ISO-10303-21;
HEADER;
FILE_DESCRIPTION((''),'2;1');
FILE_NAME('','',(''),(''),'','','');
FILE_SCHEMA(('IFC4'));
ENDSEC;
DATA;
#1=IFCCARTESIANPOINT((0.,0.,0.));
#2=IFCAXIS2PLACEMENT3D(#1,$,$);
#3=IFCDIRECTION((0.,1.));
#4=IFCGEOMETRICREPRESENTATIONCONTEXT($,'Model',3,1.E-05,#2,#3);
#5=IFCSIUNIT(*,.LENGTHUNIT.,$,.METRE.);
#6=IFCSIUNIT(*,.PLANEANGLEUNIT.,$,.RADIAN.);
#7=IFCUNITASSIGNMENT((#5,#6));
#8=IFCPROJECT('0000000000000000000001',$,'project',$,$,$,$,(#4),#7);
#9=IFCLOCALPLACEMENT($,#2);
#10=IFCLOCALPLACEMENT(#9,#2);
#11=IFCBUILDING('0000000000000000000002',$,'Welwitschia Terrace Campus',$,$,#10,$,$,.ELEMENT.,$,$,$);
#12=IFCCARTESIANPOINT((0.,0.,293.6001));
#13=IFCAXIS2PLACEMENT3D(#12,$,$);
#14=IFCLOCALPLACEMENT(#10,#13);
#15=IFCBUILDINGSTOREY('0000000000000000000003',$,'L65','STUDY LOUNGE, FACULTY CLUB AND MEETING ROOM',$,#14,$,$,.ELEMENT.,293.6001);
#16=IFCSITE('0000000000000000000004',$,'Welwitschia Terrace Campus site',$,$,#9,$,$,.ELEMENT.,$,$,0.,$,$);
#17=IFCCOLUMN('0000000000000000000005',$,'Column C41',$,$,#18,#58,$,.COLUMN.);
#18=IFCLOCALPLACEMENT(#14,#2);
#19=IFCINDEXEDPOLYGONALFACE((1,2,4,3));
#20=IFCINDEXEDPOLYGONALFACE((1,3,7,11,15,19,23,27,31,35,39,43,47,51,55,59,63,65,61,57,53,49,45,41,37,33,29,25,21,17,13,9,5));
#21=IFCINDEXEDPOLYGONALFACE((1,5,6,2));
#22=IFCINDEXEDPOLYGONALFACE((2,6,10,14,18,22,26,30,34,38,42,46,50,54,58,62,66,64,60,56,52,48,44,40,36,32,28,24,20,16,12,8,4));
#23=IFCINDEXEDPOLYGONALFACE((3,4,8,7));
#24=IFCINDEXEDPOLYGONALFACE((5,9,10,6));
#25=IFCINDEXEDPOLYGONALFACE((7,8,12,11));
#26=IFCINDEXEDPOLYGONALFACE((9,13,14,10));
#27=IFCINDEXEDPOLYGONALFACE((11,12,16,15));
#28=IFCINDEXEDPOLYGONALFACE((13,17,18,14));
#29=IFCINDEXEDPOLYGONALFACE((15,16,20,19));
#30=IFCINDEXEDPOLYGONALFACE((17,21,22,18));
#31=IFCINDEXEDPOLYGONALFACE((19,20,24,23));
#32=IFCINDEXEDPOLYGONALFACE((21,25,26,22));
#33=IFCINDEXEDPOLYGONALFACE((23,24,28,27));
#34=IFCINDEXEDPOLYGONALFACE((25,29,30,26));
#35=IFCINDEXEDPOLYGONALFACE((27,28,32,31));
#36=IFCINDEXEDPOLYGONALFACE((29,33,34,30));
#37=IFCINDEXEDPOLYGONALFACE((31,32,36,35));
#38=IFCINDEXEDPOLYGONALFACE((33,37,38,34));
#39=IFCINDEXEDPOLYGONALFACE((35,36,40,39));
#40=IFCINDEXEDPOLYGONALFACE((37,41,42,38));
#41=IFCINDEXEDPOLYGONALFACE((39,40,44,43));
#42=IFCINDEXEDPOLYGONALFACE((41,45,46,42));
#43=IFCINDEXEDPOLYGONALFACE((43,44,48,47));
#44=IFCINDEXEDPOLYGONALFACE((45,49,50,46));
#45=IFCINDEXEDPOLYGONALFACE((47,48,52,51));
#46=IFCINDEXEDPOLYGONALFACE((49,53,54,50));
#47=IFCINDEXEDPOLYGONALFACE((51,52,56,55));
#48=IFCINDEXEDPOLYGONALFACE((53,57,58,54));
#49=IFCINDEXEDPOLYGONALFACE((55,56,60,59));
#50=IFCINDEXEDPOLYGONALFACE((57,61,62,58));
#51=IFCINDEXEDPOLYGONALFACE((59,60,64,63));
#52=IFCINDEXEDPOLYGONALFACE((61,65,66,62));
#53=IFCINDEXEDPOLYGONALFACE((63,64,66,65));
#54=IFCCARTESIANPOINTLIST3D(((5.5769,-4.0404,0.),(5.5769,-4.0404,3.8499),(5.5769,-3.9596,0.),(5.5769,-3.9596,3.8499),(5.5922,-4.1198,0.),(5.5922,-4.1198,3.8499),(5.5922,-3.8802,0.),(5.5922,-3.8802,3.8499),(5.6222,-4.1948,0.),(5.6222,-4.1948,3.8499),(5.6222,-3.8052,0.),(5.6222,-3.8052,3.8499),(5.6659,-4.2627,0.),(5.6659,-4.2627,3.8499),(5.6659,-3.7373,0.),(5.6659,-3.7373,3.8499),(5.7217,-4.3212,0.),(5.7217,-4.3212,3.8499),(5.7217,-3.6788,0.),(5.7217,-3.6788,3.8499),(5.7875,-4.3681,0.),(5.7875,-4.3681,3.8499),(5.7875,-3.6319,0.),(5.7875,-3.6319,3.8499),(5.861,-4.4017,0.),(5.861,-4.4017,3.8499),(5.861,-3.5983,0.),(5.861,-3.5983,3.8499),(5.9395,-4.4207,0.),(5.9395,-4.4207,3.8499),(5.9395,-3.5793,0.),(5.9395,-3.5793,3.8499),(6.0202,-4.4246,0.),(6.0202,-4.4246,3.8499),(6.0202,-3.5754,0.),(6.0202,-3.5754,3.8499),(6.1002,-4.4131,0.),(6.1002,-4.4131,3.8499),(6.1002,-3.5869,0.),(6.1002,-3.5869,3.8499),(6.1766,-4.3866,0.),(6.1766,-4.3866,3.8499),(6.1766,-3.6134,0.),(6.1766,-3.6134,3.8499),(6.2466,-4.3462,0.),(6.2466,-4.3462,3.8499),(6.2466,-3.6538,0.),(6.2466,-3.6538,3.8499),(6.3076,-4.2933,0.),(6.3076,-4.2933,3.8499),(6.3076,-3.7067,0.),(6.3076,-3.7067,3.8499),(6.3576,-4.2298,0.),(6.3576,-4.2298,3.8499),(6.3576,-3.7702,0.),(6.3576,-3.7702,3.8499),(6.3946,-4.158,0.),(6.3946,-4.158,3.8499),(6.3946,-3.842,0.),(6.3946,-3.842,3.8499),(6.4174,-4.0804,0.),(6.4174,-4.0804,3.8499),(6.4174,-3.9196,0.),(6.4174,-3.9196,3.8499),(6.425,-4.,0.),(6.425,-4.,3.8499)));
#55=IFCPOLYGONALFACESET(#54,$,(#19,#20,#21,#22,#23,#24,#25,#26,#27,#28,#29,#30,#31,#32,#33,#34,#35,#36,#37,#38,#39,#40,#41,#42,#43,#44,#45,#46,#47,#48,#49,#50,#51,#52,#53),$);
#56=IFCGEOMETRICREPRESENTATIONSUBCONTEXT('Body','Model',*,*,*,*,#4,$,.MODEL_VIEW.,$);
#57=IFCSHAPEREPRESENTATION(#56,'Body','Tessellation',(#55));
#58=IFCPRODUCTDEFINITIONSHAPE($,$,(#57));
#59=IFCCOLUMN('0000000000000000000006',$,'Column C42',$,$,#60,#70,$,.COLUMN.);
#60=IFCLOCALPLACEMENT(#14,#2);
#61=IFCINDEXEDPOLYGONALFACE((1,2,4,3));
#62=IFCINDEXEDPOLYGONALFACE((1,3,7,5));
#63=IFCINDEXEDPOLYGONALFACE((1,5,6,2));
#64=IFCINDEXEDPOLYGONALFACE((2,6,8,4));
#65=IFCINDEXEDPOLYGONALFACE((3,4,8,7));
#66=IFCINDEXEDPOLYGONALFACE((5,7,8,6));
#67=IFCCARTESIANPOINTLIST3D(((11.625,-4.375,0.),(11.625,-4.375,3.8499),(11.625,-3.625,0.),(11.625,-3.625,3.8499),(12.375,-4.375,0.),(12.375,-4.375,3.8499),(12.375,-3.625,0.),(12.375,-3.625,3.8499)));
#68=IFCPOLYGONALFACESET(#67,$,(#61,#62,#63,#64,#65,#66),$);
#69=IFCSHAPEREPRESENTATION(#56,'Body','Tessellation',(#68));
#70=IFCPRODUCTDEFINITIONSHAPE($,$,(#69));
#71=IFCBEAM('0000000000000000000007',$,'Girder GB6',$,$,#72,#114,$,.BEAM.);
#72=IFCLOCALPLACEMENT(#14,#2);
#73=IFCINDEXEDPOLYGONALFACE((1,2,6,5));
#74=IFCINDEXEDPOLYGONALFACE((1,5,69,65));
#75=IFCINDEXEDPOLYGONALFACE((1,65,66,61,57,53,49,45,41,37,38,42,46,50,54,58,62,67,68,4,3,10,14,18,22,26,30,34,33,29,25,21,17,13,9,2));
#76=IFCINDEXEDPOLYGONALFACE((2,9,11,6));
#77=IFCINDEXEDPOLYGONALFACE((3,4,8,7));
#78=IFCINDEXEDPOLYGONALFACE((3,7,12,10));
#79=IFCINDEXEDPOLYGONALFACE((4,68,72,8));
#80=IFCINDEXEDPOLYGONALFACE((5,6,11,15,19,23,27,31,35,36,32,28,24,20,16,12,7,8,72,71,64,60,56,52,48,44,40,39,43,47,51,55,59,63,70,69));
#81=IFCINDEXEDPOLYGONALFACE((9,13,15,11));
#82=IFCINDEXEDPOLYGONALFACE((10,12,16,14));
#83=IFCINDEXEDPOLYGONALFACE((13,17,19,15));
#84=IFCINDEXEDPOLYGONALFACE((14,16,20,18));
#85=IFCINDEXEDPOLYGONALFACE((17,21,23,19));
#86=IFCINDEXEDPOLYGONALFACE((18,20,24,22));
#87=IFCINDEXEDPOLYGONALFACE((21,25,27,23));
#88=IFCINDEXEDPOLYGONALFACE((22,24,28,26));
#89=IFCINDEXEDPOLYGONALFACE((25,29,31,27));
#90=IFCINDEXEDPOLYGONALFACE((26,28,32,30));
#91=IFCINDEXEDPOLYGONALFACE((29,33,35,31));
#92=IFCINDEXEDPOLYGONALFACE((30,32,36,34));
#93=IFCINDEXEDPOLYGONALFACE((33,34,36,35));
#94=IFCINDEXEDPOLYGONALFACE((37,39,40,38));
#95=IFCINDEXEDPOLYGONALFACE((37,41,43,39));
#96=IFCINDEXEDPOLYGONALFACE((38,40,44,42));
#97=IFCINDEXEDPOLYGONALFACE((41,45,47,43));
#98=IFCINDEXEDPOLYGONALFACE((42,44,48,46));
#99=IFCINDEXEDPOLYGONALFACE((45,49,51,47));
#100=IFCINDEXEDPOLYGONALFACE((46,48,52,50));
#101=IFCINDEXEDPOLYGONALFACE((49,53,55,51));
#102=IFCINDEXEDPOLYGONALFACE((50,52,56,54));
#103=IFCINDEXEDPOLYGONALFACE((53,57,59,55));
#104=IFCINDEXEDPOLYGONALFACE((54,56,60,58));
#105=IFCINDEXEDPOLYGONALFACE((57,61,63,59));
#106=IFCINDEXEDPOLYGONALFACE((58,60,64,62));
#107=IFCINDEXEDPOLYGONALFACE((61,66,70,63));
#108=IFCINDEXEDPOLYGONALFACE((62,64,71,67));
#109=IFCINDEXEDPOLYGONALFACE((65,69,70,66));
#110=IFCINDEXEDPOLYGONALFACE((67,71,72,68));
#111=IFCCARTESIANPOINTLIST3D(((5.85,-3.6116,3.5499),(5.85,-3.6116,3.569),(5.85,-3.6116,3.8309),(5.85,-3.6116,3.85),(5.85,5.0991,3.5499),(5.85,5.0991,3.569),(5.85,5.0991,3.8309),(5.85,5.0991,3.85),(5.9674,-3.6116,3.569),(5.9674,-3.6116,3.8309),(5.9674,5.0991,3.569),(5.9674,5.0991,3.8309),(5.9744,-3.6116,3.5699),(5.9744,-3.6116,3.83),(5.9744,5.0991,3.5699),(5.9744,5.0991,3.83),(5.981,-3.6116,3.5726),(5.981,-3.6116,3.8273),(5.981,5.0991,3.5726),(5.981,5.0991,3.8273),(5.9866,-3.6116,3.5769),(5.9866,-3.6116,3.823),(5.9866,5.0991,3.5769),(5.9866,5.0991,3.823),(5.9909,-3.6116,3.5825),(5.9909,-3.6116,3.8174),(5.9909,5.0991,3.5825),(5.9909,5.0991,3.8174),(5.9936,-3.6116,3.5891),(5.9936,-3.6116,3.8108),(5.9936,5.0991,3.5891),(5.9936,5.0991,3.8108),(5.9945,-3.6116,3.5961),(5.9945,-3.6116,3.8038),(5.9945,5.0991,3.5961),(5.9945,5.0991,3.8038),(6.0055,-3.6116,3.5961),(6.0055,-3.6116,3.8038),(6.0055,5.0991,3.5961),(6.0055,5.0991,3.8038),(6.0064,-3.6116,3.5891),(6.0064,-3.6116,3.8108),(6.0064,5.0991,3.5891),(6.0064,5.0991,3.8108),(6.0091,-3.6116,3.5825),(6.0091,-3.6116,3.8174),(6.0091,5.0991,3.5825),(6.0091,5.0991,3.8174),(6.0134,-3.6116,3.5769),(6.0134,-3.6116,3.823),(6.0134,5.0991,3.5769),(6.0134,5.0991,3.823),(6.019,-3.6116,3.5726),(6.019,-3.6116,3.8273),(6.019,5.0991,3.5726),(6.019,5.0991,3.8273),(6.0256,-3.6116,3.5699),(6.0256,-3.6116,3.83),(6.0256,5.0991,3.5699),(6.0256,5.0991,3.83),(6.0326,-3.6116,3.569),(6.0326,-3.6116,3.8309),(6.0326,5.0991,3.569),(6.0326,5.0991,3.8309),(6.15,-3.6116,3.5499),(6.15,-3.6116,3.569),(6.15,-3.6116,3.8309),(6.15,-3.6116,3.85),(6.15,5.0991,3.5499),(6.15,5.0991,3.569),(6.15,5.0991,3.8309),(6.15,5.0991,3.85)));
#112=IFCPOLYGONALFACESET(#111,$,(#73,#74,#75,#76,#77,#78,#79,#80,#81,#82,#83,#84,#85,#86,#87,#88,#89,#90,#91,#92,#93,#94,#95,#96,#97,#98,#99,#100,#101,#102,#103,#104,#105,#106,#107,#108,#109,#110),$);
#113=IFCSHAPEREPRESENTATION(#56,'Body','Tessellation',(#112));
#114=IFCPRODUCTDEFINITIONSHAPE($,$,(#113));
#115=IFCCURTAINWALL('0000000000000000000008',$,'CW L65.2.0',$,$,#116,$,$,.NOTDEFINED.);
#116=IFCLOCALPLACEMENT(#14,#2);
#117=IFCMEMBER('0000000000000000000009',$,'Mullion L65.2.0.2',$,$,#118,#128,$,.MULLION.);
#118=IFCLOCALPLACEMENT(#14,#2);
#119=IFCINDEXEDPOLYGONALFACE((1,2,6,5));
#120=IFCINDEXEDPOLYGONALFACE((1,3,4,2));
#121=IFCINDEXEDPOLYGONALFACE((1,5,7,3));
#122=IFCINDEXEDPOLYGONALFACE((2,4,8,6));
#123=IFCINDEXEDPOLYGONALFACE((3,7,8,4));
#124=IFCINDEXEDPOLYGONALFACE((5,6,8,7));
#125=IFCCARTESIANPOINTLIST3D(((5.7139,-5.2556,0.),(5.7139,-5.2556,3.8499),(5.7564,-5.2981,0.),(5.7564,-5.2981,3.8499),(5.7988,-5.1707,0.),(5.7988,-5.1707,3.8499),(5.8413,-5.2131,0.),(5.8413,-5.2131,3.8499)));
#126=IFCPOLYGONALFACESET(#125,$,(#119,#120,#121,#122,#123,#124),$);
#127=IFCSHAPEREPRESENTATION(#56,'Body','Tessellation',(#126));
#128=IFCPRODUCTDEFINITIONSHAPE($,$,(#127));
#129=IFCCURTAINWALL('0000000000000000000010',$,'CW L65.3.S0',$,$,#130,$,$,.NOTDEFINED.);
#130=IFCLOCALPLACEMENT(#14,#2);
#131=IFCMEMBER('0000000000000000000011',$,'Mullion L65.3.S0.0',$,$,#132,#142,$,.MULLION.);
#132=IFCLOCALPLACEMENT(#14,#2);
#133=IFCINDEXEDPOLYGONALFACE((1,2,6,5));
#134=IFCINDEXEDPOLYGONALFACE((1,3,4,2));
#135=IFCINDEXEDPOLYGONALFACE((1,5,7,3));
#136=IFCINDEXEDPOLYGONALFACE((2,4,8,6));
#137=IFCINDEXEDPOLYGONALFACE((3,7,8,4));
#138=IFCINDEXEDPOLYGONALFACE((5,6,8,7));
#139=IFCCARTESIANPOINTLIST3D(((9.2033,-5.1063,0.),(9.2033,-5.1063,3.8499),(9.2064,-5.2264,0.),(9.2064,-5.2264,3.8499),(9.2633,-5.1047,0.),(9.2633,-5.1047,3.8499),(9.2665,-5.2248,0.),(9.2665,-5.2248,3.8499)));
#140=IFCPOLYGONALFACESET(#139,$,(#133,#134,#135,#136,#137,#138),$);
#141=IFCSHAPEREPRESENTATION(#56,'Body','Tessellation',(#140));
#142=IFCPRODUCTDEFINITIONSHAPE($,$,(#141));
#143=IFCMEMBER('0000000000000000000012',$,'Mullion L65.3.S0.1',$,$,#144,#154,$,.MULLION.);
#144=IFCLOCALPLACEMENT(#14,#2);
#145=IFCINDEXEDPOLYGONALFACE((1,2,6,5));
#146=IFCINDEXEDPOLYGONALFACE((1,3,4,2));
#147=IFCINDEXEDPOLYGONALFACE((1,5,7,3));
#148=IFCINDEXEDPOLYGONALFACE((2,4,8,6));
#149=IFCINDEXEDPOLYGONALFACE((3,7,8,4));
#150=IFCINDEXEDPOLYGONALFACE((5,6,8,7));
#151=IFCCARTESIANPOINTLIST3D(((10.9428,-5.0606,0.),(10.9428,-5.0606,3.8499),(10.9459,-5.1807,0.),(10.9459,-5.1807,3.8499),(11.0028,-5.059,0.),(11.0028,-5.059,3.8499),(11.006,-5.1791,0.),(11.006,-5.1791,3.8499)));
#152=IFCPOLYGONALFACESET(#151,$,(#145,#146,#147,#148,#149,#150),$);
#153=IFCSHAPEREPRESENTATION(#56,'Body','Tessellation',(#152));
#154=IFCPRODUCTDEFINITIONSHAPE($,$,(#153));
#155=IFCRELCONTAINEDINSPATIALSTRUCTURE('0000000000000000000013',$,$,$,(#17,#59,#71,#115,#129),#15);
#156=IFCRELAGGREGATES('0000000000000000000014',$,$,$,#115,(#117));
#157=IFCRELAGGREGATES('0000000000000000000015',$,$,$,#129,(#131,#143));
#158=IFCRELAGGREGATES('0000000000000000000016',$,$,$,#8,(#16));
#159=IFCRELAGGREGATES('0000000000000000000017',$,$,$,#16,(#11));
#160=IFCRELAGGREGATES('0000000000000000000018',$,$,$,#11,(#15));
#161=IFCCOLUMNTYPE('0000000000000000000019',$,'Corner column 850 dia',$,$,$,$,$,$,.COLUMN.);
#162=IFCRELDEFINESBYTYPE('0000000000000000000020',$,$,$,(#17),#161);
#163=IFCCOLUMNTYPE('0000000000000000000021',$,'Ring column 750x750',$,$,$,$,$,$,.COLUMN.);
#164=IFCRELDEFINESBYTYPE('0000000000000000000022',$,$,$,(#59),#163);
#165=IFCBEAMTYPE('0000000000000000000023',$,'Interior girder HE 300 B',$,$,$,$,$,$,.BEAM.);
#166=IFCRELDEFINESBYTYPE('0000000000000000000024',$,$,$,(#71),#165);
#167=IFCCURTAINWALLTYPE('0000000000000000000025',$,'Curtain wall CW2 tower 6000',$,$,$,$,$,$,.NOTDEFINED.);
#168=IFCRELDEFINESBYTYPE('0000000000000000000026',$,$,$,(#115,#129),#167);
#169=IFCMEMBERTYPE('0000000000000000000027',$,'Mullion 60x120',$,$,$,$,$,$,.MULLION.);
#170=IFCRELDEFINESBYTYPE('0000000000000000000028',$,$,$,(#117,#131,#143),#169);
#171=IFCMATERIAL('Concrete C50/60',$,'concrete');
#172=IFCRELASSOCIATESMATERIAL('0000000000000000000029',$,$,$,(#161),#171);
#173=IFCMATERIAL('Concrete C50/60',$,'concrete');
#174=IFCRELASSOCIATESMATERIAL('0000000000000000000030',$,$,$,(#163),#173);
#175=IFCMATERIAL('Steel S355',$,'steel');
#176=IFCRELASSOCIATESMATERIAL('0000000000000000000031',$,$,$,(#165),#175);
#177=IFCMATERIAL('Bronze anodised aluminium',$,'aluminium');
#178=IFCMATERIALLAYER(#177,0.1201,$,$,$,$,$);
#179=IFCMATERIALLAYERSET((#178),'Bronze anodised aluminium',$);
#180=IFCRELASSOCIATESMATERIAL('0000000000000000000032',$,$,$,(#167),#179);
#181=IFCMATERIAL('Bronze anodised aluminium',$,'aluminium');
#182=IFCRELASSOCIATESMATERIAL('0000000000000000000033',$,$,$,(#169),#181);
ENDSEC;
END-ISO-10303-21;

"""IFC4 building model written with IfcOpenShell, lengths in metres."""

from ifc_helpers import new_model, si_unit, direction, frame, origin, origin_2d, place, context, subcontext, project, spatial, rectangle, circle, i_section, extrude, material, layer, layer_set, material_profile, profile_set, type_object, element, aggregate, save


model = new_model("IFC4")

# Units and contexts
model_context = context("Model", 3, precision=1e-05, world=origin(), true_north=direction((0.0, 1.0)))
body_context = subcontext(model_context, "Body", "Model", "MODEL_VIEW")
ifc_project = project(units=[si_unit("LENGTHUNIT", "METRE"), si_unit("PLANEANGLEUNIT", "RADIAN")], contexts=[model_context])

# Site, building, storey
site_placement = place(None, origin())
site = spatial("IfcSite", under=ifc_project, at=site_placement, Name="Welwitschia Terrace Campus site", CompositionType="ELEMENT", RefElevation=0.0)
building_placement = place(site_placement, origin())
building = spatial("IfcBuilding", under=site, at=building_placement, Name="Welwitschia Terrace Campus", CompositionType="ELEMENT")
storey_placement = place(building_placement, frame((0.0, 0.0, 293.6001)))
storey = spatial("IfcBuildingStorey", under=building, at=storey_placement, Name="L65", Description="STUDY LOUNGE, FACULTY CLUB AND MEETING ROOM", CompositionType="ELEMENT", Elevation=293.6001)

# Columns
ifc_material_1 = material(Name="Concrete C50/60", Category="concrete")
ifc_material_profile_1 = material_profile(ifc_material_1, circle(Radius=0.425, at=origin_2d()))
ifc_profile_set_1 = profile_set([ifc_material_profile_1], Name="Concrete C50/60")
column_type_1 = type_object("IfcColumnType", Name="Corner column 850 dia", PredefinedType="COLUMN", material=ifc_profile_set_1)
column_1_placement = place(storey_placement, frame((6.0, -4.0, 0.0), z_axis=(0.0, 0.0, 1.0), x_axis=(1.0, 0.0, 0.0)))
element("IfcColumn", 1, at=column_1_placement, inside=storey, type_object=column_type_1, Name="Column C41", PredefinedType="COLUMN", context=body_context, shape_type="SweptSolid", body=[
    extrude(circle(Radius=0.425, at=origin_2d()), origin(), (0.0, 0.0, 1.0), 3.8499),
])
ifc_material_2 = material(Name="Concrete C50/60", Category="concrete")
ifc_material_profile_2 = material_profile(ifc_material_2, rectangle(XDim=0.75, YDim=0.75, at=origin_2d()))
ifc_profile_set_2 = profile_set([ifc_material_profile_2], Name="Concrete C50/60")
column_type_2 = type_object("IfcColumnType", Name="Ring column 750x750", PredefinedType="COLUMN", material=ifc_profile_set_2)
column_2_placement = place(storey_placement, frame((12.0, -4.0, 0.0), z_axis=(0.0, 0.0, 1.0), x_axis=(1.0, 0.0, 0.0)))
element("IfcColumn", 2, at=column_2_placement, inside=storey, type_object=column_type_2, Name="Column C42", PredefinedType="COLUMN", context=body_context, shape_type="SweptSolid", body=[
    extrude(rectangle(XDim=0.75, YDim=0.75, at=origin_2d()), origin(), (0.0, 0.0, 1.0), 3.8499),
])

# Beam
ifc_material_3 = material(Name="Steel S355", Category="steel")
ifc_material_profile_3 = material_profile(ifc_material_3, i_section(OverallWidth=0.3, OverallDepth=0.3, WebThickness=0.011, FlangeThickness=0.019, FilletRadius=0.0271, at=origin_2d()))
ifc_profile_set_3 = profile_set([ifc_material_profile_3], Name="Steel S355")
beam_type_1 = type_object("IfcBeamType", Name="Interior girder HE 300 B", PredefinedType="BEAM", material=ifc_profile_set_3)
beam_1_placement = place(storey_placement, frame((6.0, -3.6116, 3.7), z_axis=(0.0, 1.0, 0.0), x_axis=(-1.0, 0.0, 0.0)))
element("IfcBeam", 3, at=beam_1_placement, inside=storey, type_object=beam_type_1, Name="Girder GB6", PredefinedType="BEAM", context=body_context, shape_type="SweptSolid", body=[
    extrude(i_section(OverallWidth=0.3, OverallDepth=0.3, WebThickness=0.011, FlangeThickness=0.019, FilletRadius=0.0271, at=origin_2d()), origin(), (0.0, 0.0, 1.0), 8.7107),
])

# Curtain wall, member
ifc_material_4 = material(Name="Bronze anodised aluminium", Category="aluminium")
ifc_layer_1 = layer(ifc_material_4, 0.1201)
ifc_layer_set_1 = layer_set([ifc_layer_1], Name="Bronze anodised aluminium")
curtain_wall_type = type_object("IfcCurtainWallType", Name="Curtain wall CW2 tower 6000", PredefinedType="NOTDEFINED", material=ifc_layer_set_1)
curtain_wall_1_placement = place(storey_placement, origin())
curtain_wall_1 = element("IfcCurtainWall", 4, at=curtain_wall_1_placement, inside=storey, type_object=curtain_wall_type, Name="CW L65.2.0", PredefinedType="NOTDEFINED")
ifc_material_5 = material(Name="Bronze anodised aluminium", Category="aluminium")
ifc_material_profile_4 = material_profile(ifc_material_5, rectangle(XDim=0.1201, YDim=0.0601, at=origin_2d()))
ifc_profile_set_4 = profile_set([ifc_material_profile_4], Name="Bronze anodised aluminium")
member_type_1 = type_object("IfcMemberType", Name="Mullion 60x120", PredefinedType="MULLION", material=ifc_profile_set_4)
member_1_placement = place(storey_placement, frame((5.7776, -5.2344, 0.0), z_axis=(0.0, 0.0, 1.0), x_axis=(0.707107, 0.707107, 0.0)))
member_1 = element("IfcMember", 5, at=member_1_placement, type_object=member_type_1, Name="Mullion L65.2.0.2", PredefinedType="MULLION", context=body_context, shape_type="SweptSolid", body=[
    extrude(rectangle(XDim=0.1201, YDim=0.0601, at=origin_2d()), origin(), (0.0, 0.0, 1.0), 3.8499),
])

# Curtain wall, members
curtain_wall_2_placement = place(storey_placement, origin())
curtain_wall_2 = element("IfcCurtainWall", 6, at=curtain_wall_2_placement, inside=storey, type_object=curtain_wall_type, Name="CW L65.3.S0", PredefinedType="NOTDEFINED")
member_2_placement = place(storey_placement, frame((9.2349, -5.1655, 0.0), z_axis=(0.0, 0.0, 1.0), x_axis=(-0.026177, 0.999657, 0.0)))
member_2 = element("IfcMember", 7, at=member_2_placement, type_object=member_type_1, Name="Mullion L65.3.S0.0", PredefinedType="MULLION", context=body_context, shape_type="SweptSolid", body=[
    extrude(rectangle(XDim=0.1201, YDim=0.0601, at=origin_2d()), origin(), (0.0, 0.0, 1.0), 3.8499),
])
member_3_placement = place(storey_placement, frame((10.9744, -5.1199, 0.0), z_axis=(0.0, 0.0, 1.0), x_axis=(-0.026177, 0.999657, 0.0)))
member_3 = element("IfcMember", 8, at=member_3_placement, type_object=member_type_1, Name="Mullion L65.3.S0.1", PredefinedType="MULLION", context=body_context, shape_type="SweptSolid", body=[
    extrude(rectangle(XDim=0.1201, YDim=0.0601, at=origin_2d()), origin(), (0.0, 0.0, 1.0), 3.8499),
])

aggregate(curtain_wall_1, [member_1])
aggregate(curtain_wall_2, [member_2, member_3])

save(model, "model.ifc")
